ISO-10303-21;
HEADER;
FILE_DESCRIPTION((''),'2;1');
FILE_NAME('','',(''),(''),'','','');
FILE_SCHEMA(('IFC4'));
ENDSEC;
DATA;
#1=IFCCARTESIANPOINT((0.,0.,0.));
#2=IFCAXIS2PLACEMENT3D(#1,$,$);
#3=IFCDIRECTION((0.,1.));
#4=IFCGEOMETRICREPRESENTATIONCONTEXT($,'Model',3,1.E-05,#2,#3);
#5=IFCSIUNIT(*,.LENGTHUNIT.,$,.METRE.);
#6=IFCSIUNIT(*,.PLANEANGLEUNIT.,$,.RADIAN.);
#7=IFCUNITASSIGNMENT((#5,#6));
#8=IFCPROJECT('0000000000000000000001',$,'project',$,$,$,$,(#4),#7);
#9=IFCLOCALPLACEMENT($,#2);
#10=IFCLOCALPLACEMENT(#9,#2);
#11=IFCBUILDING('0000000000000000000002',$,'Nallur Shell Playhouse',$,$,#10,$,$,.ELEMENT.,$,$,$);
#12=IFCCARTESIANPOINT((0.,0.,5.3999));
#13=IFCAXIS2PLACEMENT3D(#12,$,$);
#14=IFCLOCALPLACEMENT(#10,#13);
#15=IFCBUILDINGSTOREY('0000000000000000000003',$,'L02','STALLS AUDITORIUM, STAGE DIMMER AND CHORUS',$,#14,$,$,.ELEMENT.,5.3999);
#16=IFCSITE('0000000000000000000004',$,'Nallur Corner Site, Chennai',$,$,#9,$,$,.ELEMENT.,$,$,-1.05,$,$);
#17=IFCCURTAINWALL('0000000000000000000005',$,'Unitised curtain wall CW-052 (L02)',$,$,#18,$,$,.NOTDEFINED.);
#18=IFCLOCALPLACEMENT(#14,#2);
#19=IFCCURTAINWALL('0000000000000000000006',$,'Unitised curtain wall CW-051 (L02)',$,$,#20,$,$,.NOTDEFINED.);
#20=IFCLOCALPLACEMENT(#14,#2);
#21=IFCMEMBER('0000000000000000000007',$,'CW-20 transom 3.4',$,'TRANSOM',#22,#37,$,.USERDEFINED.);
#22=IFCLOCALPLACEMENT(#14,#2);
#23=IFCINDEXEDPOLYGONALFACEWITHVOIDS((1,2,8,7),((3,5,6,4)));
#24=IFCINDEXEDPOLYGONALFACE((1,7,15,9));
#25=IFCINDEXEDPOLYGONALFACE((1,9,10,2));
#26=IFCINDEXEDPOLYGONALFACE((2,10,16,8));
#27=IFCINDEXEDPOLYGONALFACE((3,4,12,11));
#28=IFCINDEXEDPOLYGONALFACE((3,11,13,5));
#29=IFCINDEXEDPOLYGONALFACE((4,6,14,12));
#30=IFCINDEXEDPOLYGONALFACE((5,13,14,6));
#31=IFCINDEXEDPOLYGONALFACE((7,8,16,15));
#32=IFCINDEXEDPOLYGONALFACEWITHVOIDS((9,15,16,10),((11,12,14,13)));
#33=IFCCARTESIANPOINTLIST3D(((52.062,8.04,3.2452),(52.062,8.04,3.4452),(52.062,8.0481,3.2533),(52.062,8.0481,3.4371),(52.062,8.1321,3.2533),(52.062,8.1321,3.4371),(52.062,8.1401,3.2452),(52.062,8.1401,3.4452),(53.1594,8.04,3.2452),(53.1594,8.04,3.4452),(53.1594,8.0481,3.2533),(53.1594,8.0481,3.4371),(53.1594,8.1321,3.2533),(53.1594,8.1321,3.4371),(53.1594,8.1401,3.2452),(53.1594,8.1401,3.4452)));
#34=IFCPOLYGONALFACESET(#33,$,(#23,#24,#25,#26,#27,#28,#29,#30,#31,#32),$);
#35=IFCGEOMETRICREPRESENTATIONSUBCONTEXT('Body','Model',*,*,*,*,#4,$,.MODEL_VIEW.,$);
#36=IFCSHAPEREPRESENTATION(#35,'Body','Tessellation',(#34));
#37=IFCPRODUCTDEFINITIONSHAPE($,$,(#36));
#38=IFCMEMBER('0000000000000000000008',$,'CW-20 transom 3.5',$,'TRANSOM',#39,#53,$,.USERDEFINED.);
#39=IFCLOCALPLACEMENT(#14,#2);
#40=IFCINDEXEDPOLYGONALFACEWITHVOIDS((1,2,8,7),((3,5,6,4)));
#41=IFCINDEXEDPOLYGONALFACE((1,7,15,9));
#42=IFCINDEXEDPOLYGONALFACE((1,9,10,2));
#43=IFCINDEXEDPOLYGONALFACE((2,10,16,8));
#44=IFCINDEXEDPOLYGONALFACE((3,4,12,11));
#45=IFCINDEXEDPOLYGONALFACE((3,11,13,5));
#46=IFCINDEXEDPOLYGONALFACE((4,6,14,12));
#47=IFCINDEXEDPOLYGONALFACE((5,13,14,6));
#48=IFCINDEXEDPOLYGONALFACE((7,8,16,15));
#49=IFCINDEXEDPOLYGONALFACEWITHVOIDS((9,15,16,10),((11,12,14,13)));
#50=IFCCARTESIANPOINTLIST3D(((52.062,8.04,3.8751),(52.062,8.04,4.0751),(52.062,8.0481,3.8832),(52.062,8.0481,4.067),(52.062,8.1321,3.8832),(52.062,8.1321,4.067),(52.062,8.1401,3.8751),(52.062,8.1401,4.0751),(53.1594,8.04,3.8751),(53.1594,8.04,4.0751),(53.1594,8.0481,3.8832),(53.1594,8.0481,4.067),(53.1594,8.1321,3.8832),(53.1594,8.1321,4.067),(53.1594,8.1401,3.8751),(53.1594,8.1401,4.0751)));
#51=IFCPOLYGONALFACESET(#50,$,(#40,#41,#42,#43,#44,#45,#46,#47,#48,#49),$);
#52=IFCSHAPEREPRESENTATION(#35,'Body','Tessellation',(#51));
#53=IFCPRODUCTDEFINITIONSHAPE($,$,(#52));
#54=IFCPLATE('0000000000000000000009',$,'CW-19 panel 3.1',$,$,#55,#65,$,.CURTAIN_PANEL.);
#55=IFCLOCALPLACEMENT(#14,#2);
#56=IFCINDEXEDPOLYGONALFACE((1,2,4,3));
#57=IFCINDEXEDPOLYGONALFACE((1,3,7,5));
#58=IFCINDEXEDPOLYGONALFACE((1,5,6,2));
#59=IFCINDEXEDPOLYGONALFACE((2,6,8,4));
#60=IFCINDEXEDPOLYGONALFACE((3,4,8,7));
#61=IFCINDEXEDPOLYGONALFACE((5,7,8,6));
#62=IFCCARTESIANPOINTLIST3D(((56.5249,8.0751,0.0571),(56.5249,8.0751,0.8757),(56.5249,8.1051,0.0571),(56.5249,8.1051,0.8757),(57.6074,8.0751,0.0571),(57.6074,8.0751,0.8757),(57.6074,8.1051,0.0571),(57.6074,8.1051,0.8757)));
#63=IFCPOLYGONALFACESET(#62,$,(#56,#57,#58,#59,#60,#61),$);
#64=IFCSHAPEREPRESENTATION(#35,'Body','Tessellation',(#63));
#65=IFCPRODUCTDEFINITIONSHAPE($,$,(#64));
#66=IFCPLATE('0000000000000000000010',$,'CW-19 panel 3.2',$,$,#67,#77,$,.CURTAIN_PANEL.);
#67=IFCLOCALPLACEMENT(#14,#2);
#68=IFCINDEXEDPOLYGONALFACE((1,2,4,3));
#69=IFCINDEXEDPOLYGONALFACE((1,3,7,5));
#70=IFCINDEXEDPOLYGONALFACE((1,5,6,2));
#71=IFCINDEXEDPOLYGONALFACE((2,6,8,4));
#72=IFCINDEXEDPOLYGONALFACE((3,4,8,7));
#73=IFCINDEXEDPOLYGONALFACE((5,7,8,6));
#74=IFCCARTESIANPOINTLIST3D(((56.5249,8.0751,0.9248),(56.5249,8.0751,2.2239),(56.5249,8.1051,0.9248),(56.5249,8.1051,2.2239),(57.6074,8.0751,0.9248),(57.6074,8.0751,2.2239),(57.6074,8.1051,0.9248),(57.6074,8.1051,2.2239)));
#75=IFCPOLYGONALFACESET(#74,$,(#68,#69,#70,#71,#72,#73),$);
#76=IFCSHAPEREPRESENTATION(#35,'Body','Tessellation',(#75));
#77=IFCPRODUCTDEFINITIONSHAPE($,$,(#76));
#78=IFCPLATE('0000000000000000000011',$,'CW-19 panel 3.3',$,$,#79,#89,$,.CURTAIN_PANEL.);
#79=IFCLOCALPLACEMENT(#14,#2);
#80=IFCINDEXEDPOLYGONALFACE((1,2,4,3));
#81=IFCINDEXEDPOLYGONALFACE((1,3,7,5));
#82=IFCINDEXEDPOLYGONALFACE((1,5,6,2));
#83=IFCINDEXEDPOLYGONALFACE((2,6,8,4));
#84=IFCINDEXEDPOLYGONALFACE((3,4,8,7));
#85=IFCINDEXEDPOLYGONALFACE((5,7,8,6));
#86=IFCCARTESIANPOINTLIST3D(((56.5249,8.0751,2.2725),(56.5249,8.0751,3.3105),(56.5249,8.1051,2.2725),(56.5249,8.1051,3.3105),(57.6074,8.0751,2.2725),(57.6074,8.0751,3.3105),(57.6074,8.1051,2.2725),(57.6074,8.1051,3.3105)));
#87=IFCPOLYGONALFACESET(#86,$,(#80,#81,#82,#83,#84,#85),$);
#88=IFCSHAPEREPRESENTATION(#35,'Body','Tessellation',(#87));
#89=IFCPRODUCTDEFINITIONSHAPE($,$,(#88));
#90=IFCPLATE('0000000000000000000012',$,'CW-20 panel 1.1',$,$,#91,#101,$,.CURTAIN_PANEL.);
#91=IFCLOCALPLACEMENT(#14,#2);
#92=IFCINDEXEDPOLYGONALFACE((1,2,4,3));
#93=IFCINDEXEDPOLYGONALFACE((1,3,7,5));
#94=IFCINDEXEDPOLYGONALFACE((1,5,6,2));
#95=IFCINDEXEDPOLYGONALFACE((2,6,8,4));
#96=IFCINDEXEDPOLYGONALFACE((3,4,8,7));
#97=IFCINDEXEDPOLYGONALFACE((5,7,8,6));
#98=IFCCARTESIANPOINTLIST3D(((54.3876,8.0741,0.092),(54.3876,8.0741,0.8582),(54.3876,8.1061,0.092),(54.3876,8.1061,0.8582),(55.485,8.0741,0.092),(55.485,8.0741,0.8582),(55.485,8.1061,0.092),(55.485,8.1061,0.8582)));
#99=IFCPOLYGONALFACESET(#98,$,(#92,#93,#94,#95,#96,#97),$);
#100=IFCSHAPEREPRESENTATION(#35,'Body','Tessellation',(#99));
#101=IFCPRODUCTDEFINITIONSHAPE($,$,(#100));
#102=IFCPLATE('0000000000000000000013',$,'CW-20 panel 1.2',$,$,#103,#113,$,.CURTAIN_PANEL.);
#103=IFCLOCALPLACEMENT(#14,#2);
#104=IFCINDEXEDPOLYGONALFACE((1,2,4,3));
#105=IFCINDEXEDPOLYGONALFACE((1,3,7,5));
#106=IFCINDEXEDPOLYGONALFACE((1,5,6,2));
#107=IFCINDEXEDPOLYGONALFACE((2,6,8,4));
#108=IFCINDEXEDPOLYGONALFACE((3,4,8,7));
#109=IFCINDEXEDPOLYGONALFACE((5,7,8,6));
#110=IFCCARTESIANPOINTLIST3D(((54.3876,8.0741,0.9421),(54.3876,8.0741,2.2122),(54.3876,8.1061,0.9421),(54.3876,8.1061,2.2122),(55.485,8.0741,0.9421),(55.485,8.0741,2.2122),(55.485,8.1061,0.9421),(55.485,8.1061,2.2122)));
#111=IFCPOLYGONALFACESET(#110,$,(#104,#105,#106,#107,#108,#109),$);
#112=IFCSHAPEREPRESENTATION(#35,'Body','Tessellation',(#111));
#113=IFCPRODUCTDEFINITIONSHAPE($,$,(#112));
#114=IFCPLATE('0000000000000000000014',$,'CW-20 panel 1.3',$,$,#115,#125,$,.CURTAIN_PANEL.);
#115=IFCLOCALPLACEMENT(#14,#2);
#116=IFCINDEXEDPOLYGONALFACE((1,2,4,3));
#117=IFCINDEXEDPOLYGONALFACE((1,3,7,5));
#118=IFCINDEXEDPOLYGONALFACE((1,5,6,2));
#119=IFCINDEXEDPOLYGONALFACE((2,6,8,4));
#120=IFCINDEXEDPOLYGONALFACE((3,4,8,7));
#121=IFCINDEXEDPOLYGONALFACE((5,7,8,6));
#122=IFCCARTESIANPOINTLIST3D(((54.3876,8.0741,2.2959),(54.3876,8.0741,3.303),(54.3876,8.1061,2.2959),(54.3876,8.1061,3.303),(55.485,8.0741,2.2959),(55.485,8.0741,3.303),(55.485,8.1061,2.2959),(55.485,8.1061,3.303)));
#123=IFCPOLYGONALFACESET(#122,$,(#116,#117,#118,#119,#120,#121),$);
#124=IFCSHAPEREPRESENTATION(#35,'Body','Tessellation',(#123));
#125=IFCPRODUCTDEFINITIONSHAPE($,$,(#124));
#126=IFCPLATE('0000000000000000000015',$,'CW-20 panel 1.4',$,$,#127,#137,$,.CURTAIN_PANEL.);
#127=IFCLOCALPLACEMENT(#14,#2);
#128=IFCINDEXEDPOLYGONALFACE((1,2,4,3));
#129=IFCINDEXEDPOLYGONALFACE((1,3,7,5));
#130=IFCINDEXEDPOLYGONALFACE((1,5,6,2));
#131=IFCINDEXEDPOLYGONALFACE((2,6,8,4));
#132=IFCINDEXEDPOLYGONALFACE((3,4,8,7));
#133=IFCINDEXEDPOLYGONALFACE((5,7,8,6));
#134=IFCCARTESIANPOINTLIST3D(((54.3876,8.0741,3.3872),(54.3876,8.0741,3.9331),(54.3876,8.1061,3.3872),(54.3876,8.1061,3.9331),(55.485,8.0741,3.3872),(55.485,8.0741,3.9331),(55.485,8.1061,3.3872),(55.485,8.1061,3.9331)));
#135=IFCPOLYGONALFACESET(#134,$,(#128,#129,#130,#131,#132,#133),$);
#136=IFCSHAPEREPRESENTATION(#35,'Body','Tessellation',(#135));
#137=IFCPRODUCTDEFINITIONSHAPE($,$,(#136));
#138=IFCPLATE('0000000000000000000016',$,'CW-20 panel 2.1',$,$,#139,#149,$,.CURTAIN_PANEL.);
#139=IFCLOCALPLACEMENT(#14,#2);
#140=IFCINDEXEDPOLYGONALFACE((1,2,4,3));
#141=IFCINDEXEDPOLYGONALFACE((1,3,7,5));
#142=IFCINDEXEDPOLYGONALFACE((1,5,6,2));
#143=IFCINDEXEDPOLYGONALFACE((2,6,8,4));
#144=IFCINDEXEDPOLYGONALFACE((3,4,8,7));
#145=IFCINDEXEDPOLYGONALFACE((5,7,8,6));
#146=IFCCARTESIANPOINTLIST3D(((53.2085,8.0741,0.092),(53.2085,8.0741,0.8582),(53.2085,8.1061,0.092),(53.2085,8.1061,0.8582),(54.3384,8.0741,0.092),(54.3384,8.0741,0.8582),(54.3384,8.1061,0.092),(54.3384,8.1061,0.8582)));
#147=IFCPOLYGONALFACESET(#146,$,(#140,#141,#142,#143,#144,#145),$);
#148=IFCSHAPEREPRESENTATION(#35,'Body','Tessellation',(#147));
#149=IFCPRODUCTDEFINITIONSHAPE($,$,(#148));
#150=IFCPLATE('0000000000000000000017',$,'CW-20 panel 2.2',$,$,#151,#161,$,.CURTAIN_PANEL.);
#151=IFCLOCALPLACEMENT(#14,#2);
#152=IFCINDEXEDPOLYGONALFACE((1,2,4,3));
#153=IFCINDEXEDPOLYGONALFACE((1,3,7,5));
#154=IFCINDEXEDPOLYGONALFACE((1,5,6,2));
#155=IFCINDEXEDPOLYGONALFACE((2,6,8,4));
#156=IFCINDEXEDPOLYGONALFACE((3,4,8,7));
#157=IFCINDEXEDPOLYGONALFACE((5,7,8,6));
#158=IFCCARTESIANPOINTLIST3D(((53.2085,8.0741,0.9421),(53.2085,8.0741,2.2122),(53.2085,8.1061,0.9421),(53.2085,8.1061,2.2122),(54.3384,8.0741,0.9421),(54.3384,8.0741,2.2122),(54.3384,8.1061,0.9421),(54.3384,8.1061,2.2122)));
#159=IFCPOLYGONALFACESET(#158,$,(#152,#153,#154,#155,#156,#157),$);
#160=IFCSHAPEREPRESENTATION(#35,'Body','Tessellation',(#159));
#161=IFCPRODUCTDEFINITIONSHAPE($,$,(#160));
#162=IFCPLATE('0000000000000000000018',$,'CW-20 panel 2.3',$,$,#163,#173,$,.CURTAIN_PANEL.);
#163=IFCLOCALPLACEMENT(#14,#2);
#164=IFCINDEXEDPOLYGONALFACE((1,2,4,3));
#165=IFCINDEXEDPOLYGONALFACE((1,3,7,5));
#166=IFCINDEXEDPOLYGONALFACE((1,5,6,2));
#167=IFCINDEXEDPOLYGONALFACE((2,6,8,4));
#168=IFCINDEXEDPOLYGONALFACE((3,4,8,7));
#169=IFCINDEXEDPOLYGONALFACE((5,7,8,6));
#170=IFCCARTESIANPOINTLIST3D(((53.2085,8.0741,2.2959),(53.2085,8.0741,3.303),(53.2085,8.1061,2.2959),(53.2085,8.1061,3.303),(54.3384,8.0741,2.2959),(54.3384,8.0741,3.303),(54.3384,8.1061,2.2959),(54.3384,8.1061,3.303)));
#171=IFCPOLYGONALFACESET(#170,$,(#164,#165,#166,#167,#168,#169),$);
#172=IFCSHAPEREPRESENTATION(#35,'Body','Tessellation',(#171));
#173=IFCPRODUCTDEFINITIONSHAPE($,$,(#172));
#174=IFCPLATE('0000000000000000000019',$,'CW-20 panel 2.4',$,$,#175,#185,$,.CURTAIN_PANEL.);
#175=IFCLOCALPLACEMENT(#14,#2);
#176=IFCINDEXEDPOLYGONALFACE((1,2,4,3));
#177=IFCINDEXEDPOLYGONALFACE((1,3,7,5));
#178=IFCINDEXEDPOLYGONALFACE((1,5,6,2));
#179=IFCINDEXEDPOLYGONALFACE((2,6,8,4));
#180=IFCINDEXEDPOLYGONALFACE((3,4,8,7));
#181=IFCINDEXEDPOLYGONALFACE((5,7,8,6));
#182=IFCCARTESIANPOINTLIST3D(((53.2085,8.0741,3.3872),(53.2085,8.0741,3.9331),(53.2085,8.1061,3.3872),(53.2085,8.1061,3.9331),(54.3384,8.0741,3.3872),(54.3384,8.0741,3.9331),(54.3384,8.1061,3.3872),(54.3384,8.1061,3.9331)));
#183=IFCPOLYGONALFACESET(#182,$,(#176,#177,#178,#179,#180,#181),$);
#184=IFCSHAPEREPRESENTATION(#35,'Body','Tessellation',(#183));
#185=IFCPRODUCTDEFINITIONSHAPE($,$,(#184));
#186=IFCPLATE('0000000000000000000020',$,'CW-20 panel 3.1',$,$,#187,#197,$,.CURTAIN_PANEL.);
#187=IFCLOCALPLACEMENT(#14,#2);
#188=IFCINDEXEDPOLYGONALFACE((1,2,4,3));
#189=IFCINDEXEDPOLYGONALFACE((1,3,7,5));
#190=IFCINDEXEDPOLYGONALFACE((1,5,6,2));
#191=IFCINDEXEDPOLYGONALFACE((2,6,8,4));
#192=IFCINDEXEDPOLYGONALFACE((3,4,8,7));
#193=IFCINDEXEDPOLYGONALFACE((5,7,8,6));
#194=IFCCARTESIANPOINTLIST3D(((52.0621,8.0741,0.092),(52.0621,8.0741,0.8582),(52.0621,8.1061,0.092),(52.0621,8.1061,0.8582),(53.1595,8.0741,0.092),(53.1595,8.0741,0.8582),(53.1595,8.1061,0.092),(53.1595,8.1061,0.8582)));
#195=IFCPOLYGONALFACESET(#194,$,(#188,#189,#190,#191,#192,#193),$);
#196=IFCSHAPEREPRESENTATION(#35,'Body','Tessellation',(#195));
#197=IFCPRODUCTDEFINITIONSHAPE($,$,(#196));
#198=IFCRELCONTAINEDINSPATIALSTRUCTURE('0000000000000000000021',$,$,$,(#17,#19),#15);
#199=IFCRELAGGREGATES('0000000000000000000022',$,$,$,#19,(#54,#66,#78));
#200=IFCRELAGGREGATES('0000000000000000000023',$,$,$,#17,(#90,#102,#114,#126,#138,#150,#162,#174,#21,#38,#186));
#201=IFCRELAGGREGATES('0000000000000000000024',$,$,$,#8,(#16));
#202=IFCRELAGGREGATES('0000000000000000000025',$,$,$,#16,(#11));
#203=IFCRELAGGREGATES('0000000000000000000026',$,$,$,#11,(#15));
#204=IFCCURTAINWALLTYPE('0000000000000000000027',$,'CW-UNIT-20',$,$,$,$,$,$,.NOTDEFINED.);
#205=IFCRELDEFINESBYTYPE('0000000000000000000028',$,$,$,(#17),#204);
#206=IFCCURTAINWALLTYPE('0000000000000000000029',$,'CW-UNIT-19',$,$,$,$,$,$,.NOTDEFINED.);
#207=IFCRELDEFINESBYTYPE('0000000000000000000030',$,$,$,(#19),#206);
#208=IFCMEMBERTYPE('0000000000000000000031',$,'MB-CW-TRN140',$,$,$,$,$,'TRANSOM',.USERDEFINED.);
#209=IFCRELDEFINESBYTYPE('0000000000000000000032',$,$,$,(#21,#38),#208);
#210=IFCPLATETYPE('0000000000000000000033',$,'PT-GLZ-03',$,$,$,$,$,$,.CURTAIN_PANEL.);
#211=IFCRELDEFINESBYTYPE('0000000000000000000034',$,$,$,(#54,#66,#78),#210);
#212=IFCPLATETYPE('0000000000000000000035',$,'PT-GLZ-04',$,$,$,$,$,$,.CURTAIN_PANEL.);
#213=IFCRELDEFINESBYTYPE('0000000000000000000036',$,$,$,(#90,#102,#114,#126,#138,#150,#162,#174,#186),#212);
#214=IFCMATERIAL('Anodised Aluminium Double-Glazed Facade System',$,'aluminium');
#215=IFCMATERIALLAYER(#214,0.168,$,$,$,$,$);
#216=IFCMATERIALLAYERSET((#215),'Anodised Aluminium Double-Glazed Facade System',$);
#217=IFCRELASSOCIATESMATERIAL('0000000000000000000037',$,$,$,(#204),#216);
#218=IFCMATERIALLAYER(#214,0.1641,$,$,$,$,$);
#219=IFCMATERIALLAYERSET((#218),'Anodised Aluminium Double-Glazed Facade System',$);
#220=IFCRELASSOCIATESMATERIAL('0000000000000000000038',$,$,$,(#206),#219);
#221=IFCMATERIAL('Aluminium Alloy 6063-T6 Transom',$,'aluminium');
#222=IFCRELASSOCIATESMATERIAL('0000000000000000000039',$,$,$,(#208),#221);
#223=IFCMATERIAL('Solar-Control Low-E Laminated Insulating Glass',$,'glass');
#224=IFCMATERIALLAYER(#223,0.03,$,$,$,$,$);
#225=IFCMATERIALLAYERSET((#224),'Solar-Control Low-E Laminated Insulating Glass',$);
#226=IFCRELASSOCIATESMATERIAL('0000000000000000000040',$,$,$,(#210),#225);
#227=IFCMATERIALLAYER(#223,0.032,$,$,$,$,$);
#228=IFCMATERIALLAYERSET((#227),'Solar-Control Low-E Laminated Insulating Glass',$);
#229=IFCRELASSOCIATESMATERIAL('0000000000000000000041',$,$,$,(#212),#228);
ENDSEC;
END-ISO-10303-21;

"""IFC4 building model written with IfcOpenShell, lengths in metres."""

from ifc_helpers import new_model, si_unit, direction, frame, origin, origin_2d, place, context, subcontext, project, spatial, rectangle, hollow_rectangle, extrude, material, layer, layer_set, material_profile, profile_set, type_object, element, aggregate, save


model = new_model("IFC4")

# Units and contexts
model_context = context("Model", 3, precision=1e-05, world=origin(), true_north=direction((0.0, 1.0)))
body_context = subcontext(model_context, "Body", "Model", "MODEL_VIEW")
ifc_project = project(units=[si_unit("LENGTHUNIT", "METRE"), si_unit("PLANEANGLEUNIT", "RADIAN")], contexts=[model_context])

# Site, building, storey
site_placement = place(None, origin())
site = spatial("IfcSite", under=ifc_project, at=site_placement, Name="Nallur Corner Site, Chennai", CompositionType="ELEMENT", RefElevation=-1.05)
building_placement = place(site_placement, origin())
building = spatial("IfcBuilding", under=site, at=building_placement, Name="Nallur Shell Playhouse", CompositionType="ELEMENT")
storey_placement = place(building_placement, frame((0.0, 0.0, 5.3999)))
storey = spatial("IfcBuildingStorey", under=building, at=storey_placement, Name="L02", Description="STALLS AUDITORIUM, STAGE DIMMER AND CHORUS", CompositionType="ELEMENT", Elevation=5.3999)

# Shared definitions
ifc_material_1 = material(Name="Anodised Aluminium Double-Glazed Facade System", Category="aluminium")

# Curtain wall
ifc_layer_1 = layer(ifc_material_1, 0.168)
ifc_layer_set_1 = layer_set([ifc_layer_1], Name="Anodised Aluminium Double-Glazed Facade System")
curtain_wall_type_1 = type_object("IfcCurtainWallType", Name="CW-UNIT-20", PredefinedType="NOTDEFINED", material=ifc_layer_set_1)
curtain_wall_1_placement = place(storey_placement, origin())
curtain_wall_1 = element("IfcCurtainWall", 1, at=curtain_wall_1_placement, inside=storey, type_object=curtain_wall_type_1, Name="Unitised curtain wall CW-052 (L02)", PredefinedType="NOTDEFINED")

# Curtain wall
ifc_layer_2 = layer(ifc_material_1, 0.1641)
ifc_layer_set_2 = layer_set([ifc_layer_2], Name="Anodised Aluminium Double-Glazed Facade System")
curtain_wall_type_2 = type_object("IfcCurtainWallType", Name="CW-UNIT-19", PredefinedType="NOTDEFINED", material=ifc_layer_set_2)
curtain_wall_2_placement = place(storey_placement, origin())
curtain_wall_2 = element("IfcCurtainWall", 2, at=curtain_wall_2_placement, inside=storey, type_object=curtain_wall_type_2, Name="Unitised curtain wall CW-051 (L02)", PredefinedType="NOTDEFINED")

# Members
ifc_material_2 = material(Name="Aluminium Alloy 6063-T6 Transom", Category="aluminium")
ifc_material_profile_1 = material_profile(ifc_material_2, hollow_rectangle(XDim=0.1001, YDim=0.2, WallThickness=0.0081, at=origin_2d()), Name="RHS 200x100x8")
ifc_profile_set_1 = profile_set([ifc_material_profile_1], Name="Aluminium Alloy 6063-T6 Transom")
member_type_1 = type_object("IfcMemberType", Name="MB-CW-TRN140", ElementType="TRANSOM", PredefinedType="USERDEFINED", material=ifc_profile_set_1)
member_1_placement = place(storey_placement, frame((53.1594, 8.0901, 3.3452), z_axis=(-1.0, 0.0, 0.0), x_axis=(0.0, -1.0, 0.0)))
member_1 = element("IfcMember", 3, at=member_1_placement, type_object=member_type_1, Name="CW-20 transom 3.4", ObjectType="TRANSOM", PredefinedType="USERDEFINED", context=body_context, shape_type="SweptSolid", body=[
    extrude(hollow_rectangle(XDim=0.1001, YDim=0.2, WallThickness=0.0081, at=origin_2d()), origin(), (0.0, 0.0, 1.0), 1.0974),
])
member_2_placement = place(storey_placement, frame((53.1594, 8.0901, 3.9751), z_axis=(-1.0, 0.0, 0.0), x_axis=(0.0, -1.0, 0.0)))
member_2 = element("IfcMember", 4, at=member_2_placement, type_object=member_type_1, Name="CW-20 transom 3.5", ObjectType="TRANSOM", PredefinedType="USERDEFINED", context=body_context, shape_type="SweptSolid", body=[
    extrude(hollow_rectangle(XDim=0.1001, YDim=0.2, WallThickness=0.0081, at=origin_2d()), origin(), (0.0, 0.0, 1.0), 1.0974),
])

# Plates
ifc_material_3 = material(Name="Solar-Control Low-E Laminated Insulating Glass", Category="glass")
ifc_layer_3 = layer(ifc_material_3, 0.03)
ifc_layer_set_3 = layer_set([ifc_layer_3], Name="Solar-Control Low-E Laminated Insulating Glass")
plate_type_1 = type_object("IfcPlateType", Name="PT-GLZ-03", PredefinedType="CURTAIN_PANEL", material=ifc_layer_set_3)
plate_1_placement = place(storey_placement, frame((57.0662, 8.0901, 0.0571), z_axis=(0.0, 0.0, 1.0), x_axis=(-1.0, 0.0, 0.0)))
plate_1 = element("IfcPlate", 5, at=plate_1_placement, type_object=plate_type_1, Name="CW-19 panel 3.1", PredefinedType="CURTAIN_PANEL", context=body_context, shape_type="SweptSolid", body=[
    extrude(rectangle(XDim=1.0825, YDim=0.03, at=origin_2d()), origin(), (0.0, 0.0, 1.0), 0.8186),
])
plate_2_placement = place(storey_placement, frame((57.0662, 8.0901, 0.9248), z_axis=(0.0, 0.0, 1.0), x_axis=(-1.0, 0.0, 0.0)))
plate_2 = element("IfcPlate", 6, at=plate_2_placement, type_object=plate_type_1, Name="CW-19 panel 3.2", PredefinedType="CURTAIN_PANEL", context=body_context, shape_type="SweptSolid", body=[
    extrude(rectangle(XDim=1.0825, YDim=0.03, at=origin_2d()), origin(), (0.0, 0.0, 1.0), 1.2991),
])
plate_3_placement = place(storey_placement, frame((57.0662, 8.0901, 2.2725), z_axis=(0.0, 0.0, 1.0), x_axis=(-1.0, 0.0, 0.0)))
plate_3 = element("IfcPlate", 7, at=plate_3_placement, type_object=plate_type_1, Name="CW-19 panel 3.3", PredefinedType="CURTAIN_PANEL", context=body_context, shape_type="SweptSolid", body=[
    extrude(rectangle(XDim=1.0825, YDim=0.03, at=origin_2d()), origin(), (0.0, 0.0, 1.0), 1.0381),
])
aggregate(curtain_wall_2, [plate_1, plate_2, plate_3])
ifc_layer_4 = layer(ifc_material_3, 0.032)
ifc_layer_set_4 = layer_set([ifc_layer_4], Name="Solar-Control Low-E Laminated Insulating Glass")
plate_type_2 = type_object("IfcPlateType", Name="PT-GLZ-04", PredefinedType="CURTAIN_PANEL", material=ifc_layer_set_4)
plate_4_placement = place(storey_placement, frame((54.9363, 8.0901, 0.092), z_axis=(0.0, 0.0, 1.0), x_axis=(-1.0, 0.0, 0.0)))
plate_4 = element("IfcPlate", 8, at=plate_4_placement, type_object=plate_type_2, Name="CW-20 panel 1.1", PredefinedType="CURTAIN_PANEL", context=body_context, shape_type="SweptSolid", body=[
    extrude(rectangle(XDim=1.0974, YDim=0.032, at=origin_2d()), origin(), (0.0, 0.0, 1.0), 0.7661),
])
plate_5_placement = place(storey_placement, frame((54.9363, 8.0901, 0.9421), z_axis=(0.0, 0.0, 1.0), x_axis=(-1.0, 0.0, 0.0)))
plate_5 = element("IfcPlate", 9, at=plate_5_placement, type_object=plate_type_2, Name="CW-20 panel 1.2", PredefinedType="CURTAIN_PANEL", context=body_context, shape_type="SweptSolid", body=[
    extrude(rectangle(XDim=1.0974, YDim=0.032, at=origin_2d()), origin(), (0.0, 0.0, 1.0), 1.27),
])
plate_6_placement = place(storey_placement, frame((54.9363, 8.0901, 2.2959), z_axis=(0.0, 0.0, 1.0), x_axis=(-1.0, 0.0, 0.0)))
plate_6 = element("IfcPlate", 10, at=plate_6_placement, type_object=plate_type_2, Name="CW-20 panel 1.3", PredefinedType="CURTAIN_PANEL", context=body_context, shape_type="SweptSolid", body=[
    extrude(rectangle(XDim=1.0974, YDim=0.032, at=origin_2d()), origin(), (0.0, 0.0, 1.0), 1.0071),
])
plate_7_placement = place(storey_placement, frame((54.9363, 8.0901, 3.3872), z_axis=(0.0, 0.0, 1.0), x_axis=(-1.0, 0.0, 0.0)))
plate_7 = element("IfcPlate", 11, at=plate_7_placement, type_object=plate_type_2, Name="CW-20 panel 1.4", PredefinedType="CURTAIN_PANEL", context=body_context, shape_type="SweptSolid", body=[
    extrude(rectangle(XDim=1.0974, YDim=0.032, at=origin_2d()), origin(), (0.0, 0.0, 1.0), 0.5459),
])
plate_8_placement = place(storey_placement, frame((53.7734, 8.0901, 0.092), z_axis=(0.0, 0.0, 1.0), x_axis=(-1.0, 0.0, 0.0)))
plate_8 = element("IfcPlate", 12, at=plate_8_placement, type_object=plate_type_2, Name="CW-20 panel 2.1", PredefinedType="CURTAIN_PANEL", context=body_context, shape_type="SweptSolid", body=[
    extrude(rectangle(XDim=1.1299, YDim=0.032, at=origin_2d()), origin(), (0.0, 0.0, 1.0), 0.7661),
])
plate_9_placement = place(storey_placement, frame((53.7734, 8.0901, 0.9421), z_axis=(0.0, 0.0, 1.0), x_axis=(-1.0, 0.0, 0.0)))
plate_9 = element("IfcPlate", 13, at=plate_9_placement, type_object=plate_type_2, Name="CW-20 panel 2.2", PredefinedType="CURTAIN_PANEL", context=body_context, shape_type="SweptSolid", body=[
    extrude(rectangle(XDim=1.1299, YDim=0.032, at=origin_2d()), origin(), (0.0, 0.0, 1.0), 1.27),
])
plate_10_placement = place(storey_placement, frame((53.7734, 8.0901, 2.2959), z_axis=(0.0, 0.0, 1.0), x_axis=(-1.0, 0.0, 0.0)))
plate_10 = element("IfcPlate", 14, at=plate_10_placement, type_object=plate_type_2, Name="CW-20 panel 2.3", PredefinedType="CURTAIN_PANEL", context=body_context, shape_type="SweptSolid", body=[
    extrude(rectangle(XDim=1.1299, YDim=0.032, at=origin_2d()), origin(), (0.0, 0.0, 1.0), 1.0071),
])
plate_11_placement = place(storey_placement, frame((53.7734, 8.0901, 3.3872), z_axis=(0.0, 0.0, 1.0), x_axis=(-1.0, 0.0, 0.0)))
plate_11 = element("IfcPlate", 15, at=plate_11_placement, type_object=plate_type_2, Name="CW-20 panel 2.4", PredefinedType="CURTAIN_PANEL", context=body_context, shape_type="SweptSolid", body=[
    extrude(rectangle(XDim=1.1299, YDim=0.032, at=origin_2d()), origin(), (0.0, 0.0, 1.0), 0.5459),
])
plate_12_placement = place(storey_placement, frame((52.6108, 8.0901, 0.092), z_axis=(0.0, 0.0, 1.0), x_axis=(-1.0, 0.0, 0.0)))
plate_12 = element("IfcPlate", 16, at=plate_12_placement, type_object=plate_type_2, Name="CW-20 panel 3.1", PredefinedType="CURTAIN_PANEL", context=body_context, shape_type="SweptSolid", body=[
    extrude(rectangle(XDim=1.0974, YDim=0.032, at=origin_2d()), origin(), (0.0, 0.0, 1.0), 0.7661),
])
aggregate(curtain_wall_1, [plate_4, plate_5, plate_6, plate_7, plate_8, plate_9, plate_10, plate_11, member_1, member_2, plate_12])

save(model, "model.ifc")
